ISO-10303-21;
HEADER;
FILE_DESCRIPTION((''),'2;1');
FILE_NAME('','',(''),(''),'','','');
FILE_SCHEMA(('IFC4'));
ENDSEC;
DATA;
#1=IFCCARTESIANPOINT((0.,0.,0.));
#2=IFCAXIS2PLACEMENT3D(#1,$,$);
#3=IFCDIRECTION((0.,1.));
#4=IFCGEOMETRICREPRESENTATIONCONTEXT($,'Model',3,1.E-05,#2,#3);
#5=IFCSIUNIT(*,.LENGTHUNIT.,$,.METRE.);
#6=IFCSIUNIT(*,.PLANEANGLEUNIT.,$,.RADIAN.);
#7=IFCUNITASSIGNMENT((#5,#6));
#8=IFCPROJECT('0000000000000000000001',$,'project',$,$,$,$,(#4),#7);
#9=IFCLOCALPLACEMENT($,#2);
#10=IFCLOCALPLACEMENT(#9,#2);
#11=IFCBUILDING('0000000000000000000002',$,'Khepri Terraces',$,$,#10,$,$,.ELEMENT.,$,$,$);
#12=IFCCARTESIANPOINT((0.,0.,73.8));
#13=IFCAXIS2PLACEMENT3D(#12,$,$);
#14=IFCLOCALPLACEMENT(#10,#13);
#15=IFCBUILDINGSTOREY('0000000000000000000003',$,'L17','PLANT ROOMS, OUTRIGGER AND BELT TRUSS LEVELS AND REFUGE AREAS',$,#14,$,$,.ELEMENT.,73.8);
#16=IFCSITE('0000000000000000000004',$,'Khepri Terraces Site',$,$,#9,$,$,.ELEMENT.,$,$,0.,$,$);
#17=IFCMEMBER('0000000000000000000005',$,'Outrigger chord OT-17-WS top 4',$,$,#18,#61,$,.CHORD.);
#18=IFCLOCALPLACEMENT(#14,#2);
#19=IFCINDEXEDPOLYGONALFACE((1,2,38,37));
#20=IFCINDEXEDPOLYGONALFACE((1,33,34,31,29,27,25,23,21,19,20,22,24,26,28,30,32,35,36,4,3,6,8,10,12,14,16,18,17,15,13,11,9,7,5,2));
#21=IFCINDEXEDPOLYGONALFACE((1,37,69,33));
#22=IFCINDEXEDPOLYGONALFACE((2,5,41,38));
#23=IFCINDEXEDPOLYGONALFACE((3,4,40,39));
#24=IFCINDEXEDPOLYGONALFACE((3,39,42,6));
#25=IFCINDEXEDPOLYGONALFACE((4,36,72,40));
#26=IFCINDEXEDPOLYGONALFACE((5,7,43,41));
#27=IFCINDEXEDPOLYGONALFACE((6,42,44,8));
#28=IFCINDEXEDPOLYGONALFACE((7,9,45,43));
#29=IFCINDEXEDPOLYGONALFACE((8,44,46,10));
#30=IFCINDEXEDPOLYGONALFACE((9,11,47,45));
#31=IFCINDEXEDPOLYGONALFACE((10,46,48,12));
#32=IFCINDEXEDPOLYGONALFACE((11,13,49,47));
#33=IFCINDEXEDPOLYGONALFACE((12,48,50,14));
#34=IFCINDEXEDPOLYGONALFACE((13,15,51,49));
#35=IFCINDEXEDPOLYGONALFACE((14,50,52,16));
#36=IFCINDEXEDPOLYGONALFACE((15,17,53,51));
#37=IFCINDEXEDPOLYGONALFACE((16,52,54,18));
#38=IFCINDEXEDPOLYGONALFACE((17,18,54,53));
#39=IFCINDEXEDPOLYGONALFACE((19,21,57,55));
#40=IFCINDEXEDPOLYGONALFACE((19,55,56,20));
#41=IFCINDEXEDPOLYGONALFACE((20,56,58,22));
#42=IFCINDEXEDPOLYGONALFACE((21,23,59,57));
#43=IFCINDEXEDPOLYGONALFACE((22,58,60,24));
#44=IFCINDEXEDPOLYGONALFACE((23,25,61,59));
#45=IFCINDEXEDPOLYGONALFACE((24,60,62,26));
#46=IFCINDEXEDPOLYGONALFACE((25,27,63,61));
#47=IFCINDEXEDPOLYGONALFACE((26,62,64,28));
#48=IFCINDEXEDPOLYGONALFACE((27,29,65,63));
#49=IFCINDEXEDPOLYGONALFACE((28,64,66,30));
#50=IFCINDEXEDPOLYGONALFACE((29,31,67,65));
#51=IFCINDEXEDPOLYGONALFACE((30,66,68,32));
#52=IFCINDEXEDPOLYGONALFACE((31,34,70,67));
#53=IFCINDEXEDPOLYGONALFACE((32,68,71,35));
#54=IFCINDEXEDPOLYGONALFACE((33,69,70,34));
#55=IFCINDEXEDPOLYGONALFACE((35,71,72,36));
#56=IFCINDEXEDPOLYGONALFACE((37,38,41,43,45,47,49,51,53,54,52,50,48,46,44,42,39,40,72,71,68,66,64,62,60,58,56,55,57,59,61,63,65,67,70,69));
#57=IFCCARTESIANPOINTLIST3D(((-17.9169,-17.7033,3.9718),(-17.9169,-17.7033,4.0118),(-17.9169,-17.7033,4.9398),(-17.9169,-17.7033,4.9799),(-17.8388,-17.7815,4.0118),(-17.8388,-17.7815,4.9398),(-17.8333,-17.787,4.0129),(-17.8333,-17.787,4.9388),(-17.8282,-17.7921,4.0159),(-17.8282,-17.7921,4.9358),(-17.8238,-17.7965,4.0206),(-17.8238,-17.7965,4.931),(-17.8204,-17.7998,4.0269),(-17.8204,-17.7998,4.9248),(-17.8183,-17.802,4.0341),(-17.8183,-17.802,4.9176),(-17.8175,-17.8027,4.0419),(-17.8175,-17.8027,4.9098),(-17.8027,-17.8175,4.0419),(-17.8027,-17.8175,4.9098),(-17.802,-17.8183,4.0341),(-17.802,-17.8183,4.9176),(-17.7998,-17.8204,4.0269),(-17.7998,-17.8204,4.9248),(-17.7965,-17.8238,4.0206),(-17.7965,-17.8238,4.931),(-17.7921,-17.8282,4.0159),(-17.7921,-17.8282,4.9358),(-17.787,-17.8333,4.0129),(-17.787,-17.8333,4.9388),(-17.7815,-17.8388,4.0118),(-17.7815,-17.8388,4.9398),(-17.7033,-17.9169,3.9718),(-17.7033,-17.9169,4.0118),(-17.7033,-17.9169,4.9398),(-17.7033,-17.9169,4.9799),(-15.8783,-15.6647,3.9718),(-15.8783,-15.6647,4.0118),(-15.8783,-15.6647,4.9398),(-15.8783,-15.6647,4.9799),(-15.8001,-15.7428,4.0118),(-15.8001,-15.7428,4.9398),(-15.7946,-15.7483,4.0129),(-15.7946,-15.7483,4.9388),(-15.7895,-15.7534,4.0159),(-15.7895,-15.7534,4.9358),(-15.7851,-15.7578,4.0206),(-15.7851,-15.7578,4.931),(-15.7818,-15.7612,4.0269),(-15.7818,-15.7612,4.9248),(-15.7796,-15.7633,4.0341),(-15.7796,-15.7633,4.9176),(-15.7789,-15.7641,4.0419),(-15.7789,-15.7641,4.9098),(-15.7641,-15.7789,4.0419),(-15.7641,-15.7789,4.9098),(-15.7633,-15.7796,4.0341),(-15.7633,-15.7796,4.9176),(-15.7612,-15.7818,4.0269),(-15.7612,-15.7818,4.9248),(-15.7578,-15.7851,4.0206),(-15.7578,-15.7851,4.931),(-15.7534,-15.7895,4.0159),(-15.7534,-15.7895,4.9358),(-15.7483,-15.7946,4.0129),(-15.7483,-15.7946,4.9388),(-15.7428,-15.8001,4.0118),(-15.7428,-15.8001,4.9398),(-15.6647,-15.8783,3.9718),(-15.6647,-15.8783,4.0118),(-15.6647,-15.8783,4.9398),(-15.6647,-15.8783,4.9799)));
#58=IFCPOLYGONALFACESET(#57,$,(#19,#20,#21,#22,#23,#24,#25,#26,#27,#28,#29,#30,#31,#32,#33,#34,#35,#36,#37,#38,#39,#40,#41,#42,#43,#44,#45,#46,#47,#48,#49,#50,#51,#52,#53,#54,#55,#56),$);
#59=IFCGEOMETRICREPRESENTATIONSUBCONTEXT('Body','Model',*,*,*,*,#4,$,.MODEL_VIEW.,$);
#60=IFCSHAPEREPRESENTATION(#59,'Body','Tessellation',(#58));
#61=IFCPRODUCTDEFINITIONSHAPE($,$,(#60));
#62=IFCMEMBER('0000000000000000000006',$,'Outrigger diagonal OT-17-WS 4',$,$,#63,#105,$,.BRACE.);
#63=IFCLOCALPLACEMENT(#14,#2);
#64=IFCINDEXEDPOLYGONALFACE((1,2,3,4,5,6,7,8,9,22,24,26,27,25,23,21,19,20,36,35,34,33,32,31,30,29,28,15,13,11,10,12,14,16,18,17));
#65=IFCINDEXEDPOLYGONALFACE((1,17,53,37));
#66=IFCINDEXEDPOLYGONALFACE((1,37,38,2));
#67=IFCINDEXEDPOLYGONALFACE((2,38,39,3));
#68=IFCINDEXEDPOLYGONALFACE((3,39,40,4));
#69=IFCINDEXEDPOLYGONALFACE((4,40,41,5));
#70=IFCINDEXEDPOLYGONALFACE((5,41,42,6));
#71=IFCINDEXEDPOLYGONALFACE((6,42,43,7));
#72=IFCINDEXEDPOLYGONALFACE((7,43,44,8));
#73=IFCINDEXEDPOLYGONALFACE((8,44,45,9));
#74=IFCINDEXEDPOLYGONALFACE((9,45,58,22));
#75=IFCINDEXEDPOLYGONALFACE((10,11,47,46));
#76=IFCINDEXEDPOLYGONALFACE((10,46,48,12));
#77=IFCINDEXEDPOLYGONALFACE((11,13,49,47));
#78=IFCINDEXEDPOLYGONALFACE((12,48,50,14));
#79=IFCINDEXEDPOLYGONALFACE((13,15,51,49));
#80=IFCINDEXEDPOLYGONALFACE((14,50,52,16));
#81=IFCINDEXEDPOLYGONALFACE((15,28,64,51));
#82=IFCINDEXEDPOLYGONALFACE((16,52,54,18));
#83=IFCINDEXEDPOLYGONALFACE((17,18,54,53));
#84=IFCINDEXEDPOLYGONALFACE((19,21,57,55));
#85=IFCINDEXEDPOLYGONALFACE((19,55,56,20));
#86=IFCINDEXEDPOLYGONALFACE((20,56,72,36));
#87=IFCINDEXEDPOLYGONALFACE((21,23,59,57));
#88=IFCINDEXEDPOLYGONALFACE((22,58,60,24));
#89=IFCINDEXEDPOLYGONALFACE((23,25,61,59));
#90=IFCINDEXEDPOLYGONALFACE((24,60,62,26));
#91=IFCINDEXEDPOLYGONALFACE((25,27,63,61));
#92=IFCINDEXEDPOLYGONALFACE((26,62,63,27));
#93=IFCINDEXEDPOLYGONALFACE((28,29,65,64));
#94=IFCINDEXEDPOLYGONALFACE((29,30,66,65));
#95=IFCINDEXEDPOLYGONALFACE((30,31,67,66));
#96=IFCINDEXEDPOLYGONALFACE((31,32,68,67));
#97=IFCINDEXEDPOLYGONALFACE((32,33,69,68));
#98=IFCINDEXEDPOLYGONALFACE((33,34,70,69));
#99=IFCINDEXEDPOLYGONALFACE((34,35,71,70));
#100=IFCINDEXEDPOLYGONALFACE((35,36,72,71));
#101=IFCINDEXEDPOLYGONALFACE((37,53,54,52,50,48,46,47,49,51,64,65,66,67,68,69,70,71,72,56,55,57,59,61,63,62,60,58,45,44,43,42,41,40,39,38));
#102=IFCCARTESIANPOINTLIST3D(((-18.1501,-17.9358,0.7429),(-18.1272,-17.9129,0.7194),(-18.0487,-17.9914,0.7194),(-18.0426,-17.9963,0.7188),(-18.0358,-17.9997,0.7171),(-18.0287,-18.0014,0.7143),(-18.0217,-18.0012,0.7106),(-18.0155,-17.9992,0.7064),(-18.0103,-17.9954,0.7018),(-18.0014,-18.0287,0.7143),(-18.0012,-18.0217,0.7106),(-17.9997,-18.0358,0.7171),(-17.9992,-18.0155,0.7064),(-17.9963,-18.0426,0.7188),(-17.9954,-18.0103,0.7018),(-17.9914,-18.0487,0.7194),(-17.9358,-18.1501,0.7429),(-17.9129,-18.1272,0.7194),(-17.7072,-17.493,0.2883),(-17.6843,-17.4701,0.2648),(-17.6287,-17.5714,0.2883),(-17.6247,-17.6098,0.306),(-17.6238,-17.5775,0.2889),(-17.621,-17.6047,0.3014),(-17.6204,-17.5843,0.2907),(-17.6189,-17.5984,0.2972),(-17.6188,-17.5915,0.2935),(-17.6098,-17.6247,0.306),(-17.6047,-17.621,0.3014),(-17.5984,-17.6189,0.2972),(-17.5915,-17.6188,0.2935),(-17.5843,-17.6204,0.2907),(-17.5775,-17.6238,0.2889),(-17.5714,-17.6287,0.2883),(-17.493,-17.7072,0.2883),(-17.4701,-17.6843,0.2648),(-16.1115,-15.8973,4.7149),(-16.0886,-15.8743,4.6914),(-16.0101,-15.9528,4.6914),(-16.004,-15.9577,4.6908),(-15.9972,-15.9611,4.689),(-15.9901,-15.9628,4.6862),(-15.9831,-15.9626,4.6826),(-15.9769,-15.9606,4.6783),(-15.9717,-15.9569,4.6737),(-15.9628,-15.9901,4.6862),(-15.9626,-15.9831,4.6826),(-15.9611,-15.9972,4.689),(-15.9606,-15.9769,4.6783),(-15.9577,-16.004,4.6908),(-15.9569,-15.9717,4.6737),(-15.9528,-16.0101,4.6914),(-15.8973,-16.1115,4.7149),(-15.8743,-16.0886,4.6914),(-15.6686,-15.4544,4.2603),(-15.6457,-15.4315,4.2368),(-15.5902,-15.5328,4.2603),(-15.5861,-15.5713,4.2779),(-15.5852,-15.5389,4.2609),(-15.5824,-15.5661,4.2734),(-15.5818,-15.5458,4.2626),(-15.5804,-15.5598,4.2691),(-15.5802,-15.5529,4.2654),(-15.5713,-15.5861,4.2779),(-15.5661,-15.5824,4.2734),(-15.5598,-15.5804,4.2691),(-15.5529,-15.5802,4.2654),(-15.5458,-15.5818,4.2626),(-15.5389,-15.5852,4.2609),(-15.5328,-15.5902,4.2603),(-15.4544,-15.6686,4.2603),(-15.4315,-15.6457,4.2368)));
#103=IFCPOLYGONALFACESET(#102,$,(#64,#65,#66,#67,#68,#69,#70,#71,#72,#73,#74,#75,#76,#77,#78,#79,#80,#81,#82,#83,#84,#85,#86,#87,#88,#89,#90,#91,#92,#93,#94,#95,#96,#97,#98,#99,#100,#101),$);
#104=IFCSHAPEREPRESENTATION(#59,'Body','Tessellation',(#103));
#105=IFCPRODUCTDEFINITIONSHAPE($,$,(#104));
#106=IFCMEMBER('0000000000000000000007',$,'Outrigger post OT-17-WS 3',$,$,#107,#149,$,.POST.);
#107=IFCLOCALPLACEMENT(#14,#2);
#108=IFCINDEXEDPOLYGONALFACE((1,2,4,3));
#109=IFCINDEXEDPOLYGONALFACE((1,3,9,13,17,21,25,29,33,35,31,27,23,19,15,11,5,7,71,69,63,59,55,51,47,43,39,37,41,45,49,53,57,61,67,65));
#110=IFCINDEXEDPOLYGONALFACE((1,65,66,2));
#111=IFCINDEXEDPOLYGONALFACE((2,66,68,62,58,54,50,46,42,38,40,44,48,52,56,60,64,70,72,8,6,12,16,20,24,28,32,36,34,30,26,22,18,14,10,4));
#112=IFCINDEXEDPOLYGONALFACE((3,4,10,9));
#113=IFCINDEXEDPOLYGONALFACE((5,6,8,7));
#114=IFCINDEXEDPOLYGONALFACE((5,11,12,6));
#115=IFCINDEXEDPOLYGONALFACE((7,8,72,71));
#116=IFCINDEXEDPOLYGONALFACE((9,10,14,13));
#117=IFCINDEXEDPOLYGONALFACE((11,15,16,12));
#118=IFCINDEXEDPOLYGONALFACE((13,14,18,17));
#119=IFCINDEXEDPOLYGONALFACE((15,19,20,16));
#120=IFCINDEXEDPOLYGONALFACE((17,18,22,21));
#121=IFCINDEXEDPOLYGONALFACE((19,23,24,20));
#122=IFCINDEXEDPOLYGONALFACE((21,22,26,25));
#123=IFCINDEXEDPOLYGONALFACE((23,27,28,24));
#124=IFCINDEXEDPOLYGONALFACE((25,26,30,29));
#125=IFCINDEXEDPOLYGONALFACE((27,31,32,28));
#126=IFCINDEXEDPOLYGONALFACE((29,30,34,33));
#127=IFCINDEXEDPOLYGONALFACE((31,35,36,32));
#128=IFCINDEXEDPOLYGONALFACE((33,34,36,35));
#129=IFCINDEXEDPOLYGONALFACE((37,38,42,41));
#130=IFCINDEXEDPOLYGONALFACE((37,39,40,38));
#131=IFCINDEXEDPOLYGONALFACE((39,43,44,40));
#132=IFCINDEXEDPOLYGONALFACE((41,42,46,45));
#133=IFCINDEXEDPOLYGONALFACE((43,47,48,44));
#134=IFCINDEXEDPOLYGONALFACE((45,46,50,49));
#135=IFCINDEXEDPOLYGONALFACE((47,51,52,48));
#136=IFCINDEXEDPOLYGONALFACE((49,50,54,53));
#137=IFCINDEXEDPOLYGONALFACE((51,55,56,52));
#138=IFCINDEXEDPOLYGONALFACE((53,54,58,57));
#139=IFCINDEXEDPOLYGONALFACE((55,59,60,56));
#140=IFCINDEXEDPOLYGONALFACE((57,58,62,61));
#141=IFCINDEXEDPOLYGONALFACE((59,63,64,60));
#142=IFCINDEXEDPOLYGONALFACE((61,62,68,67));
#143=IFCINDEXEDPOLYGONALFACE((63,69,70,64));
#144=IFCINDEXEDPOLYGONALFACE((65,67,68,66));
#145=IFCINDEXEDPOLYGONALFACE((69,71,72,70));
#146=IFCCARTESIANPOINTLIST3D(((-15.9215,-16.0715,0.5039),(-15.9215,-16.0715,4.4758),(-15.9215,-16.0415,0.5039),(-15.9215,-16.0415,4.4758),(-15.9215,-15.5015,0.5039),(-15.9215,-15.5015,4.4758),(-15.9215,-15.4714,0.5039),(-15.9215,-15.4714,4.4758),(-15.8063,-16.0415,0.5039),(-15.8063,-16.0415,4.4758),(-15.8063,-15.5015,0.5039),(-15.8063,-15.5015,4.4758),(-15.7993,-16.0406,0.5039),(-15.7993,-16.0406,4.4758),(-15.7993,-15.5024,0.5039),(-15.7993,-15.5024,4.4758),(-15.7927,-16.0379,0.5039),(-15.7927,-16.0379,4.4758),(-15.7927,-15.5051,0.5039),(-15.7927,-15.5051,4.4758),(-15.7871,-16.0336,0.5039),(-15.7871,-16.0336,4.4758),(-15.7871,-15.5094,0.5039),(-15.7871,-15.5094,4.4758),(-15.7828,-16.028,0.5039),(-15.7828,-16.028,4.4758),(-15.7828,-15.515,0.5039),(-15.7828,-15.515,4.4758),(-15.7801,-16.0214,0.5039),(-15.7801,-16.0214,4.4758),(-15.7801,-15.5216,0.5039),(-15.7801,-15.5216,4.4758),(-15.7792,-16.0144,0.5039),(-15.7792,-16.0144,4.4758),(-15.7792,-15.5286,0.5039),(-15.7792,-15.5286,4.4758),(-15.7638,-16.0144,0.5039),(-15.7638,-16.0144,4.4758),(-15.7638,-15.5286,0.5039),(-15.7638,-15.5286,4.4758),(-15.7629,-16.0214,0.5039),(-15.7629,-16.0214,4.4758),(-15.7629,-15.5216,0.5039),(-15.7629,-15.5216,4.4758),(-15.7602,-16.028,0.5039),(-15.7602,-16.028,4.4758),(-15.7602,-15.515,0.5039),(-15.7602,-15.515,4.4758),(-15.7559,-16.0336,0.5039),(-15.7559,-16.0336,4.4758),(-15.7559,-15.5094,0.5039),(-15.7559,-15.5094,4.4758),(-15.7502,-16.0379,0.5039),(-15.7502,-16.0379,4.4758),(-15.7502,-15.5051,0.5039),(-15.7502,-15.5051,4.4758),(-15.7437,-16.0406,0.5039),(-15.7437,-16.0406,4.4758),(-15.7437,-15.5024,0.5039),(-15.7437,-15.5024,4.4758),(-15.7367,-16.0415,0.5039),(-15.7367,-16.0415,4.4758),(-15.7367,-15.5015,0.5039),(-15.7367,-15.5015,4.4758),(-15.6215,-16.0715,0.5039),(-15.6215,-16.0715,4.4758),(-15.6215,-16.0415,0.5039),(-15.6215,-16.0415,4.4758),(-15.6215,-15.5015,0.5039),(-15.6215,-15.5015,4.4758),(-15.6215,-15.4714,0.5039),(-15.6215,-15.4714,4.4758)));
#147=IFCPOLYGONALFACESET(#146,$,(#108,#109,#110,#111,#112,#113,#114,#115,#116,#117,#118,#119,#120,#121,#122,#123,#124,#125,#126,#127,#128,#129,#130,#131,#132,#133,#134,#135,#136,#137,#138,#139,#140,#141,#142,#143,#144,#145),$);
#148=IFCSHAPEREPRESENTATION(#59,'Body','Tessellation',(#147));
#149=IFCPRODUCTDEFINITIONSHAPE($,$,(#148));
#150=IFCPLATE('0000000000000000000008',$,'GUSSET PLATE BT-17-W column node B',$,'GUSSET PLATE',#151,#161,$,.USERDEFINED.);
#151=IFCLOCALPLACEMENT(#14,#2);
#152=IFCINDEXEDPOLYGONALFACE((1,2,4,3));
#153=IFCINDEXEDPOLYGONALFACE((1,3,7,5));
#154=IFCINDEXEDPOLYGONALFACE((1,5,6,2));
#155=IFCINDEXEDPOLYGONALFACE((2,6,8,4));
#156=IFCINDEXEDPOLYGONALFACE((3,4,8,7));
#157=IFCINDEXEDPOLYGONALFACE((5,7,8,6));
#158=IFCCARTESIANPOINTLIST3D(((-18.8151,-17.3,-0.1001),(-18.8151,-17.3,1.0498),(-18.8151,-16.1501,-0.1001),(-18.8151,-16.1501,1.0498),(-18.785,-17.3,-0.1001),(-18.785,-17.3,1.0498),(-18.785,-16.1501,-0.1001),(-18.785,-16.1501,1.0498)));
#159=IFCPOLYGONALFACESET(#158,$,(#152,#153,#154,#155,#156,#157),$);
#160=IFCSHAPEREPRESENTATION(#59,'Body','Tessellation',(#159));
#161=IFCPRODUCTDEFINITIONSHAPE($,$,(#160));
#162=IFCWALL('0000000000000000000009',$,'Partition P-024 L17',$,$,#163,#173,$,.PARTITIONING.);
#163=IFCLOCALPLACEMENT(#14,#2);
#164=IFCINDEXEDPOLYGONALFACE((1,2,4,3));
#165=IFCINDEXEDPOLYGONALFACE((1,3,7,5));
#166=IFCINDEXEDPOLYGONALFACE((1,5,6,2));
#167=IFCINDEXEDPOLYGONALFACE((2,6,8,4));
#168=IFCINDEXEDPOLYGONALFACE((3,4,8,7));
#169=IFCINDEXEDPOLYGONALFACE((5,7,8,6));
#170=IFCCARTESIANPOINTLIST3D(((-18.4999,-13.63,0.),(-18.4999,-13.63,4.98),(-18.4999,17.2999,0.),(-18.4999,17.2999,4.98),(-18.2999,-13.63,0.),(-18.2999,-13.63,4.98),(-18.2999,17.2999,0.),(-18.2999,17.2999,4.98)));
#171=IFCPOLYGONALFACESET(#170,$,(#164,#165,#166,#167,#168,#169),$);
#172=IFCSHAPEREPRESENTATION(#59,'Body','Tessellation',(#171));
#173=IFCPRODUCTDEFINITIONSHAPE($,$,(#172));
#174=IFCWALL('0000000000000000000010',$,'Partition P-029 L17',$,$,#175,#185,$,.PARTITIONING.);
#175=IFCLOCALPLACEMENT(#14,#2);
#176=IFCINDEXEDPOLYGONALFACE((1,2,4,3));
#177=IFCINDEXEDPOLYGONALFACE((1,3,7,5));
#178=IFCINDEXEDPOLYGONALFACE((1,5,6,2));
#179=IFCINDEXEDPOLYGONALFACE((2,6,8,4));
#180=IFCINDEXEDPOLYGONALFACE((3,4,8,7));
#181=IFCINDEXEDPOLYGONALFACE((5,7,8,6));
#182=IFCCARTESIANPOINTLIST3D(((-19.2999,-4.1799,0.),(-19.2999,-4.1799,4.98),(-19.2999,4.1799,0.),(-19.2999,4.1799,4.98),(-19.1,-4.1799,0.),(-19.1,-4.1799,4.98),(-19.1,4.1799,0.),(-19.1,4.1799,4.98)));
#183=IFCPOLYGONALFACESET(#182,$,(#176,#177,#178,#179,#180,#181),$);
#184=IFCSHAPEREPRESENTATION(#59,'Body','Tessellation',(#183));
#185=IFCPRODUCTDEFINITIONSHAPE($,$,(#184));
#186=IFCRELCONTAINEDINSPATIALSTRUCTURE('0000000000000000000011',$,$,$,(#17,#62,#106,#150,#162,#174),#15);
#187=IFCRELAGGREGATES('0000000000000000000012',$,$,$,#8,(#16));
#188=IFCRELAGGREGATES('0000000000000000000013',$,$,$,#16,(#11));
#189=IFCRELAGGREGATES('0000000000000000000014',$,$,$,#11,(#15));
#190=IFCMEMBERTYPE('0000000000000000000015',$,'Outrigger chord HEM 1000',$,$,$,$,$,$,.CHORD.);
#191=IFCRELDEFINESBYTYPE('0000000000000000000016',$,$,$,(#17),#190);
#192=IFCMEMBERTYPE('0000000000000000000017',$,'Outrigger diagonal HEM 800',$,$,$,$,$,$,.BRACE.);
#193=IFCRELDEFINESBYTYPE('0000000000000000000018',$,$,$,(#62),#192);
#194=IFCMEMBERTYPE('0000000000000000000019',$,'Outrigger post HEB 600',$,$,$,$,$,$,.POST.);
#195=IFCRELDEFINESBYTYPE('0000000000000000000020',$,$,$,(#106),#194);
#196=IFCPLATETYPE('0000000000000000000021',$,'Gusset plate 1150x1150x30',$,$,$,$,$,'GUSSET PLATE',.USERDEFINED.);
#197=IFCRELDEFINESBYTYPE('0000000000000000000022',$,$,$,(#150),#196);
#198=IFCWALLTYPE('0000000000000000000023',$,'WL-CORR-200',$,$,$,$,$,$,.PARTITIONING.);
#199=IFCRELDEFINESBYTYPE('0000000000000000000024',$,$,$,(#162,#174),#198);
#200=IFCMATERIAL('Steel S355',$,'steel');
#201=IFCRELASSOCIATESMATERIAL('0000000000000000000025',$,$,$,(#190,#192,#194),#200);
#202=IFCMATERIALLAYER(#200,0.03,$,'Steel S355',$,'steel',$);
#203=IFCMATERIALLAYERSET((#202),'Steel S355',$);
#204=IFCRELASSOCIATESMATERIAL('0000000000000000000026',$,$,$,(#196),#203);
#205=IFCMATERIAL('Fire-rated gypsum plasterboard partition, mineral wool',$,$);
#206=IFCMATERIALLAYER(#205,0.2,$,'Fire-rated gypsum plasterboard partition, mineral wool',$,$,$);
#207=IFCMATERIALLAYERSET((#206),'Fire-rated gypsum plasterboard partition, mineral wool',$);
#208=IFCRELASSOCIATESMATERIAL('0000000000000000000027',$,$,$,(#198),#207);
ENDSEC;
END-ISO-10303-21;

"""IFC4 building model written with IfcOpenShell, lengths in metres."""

from ifc_helpers import new_model, si_unit, direction, frame, frame_2d, origin, origin_2d, place, context, subcontext, project, spatial, rectangle, i_section, extrude, material, layer, layer_set, material_profile, profile_set, type_object, element, save


model = new_model("IFC4")

# Units and contexts
model_context = context("Model", 3, precision=1e-05, world=origin(), true_north=direction((0.0, 1.0)))
body_context = subcontext(model_context, "Body", "Model", "MODEL_VIEW")
ifc_project = project(units=[si_unit("LENGTHUNIT", "METRE"), si_unit("PLANEANGLEUNIT", "RADIAN")], contexts=[model_context])

# Site, building, storey
site_placement = place(None, origin())
site = spatial("IfcSite", under=ifc_project, at=site_placement, Name="Khepri Terraces Site", CompositionType="ELEMENT", RefElevation=0.0)
building_placement = place(site_placement, origin())
building = spatial("IfcBuilding", under=site, at=building_placement, Name="Khepri Terraces", CompositionType="ELEMENT")
storey_placement = place(building_placement, frame((0.0, 0.0, 73.8)))
storey = spatial("IfcBuildingStorey", under=building, at=storey_placement, Name="L17", Description="PLANT ROOMS, OUTRIGGER AND BELT TRUSS LEVELS AND REFUGE AREAS", CompositionType="ELEMENT", Elevation=73.8)

# Members
ifc_material_1 = material(Name="Steel S355", Category="steel")
ifc_material_profile_1 = material_profile(ifc_material_1, i_section(OverallWidth=0.302, OverallDepth=1.0081, WebThickness=0.021, FlangeThickness=0.04, FilletRadius=0.03, at=origin_2d()), Name="Steel S355", Category="steel")
ifc_profile_set_1 = profile_set([ifc_material_profile_1], Name="Steel S355")
member_type_1 = type_object("IfcMemberType", Name="Outrigger chord HEM 1000", PredefinedType="CHORD", material=ifc_profile_set_1)
for number, where, z_axis, x_axis, name in (
    (1, (-15.7715, -15.7715, 4.4758), (-0.707107, -0.707107, 0.0), (0.707107, -0.707107, 0.0), "Outrigger chord OT-17-WS top 4"),
):
    element("IfcMember", number, at=place(storey_placement, frame(where, z_axis=z_axis, x_axis=x_axis)), inside=storey, type_object=member_type_1, Name=name, PredefinedType="CHORD", context=body_context, shape_type="SweptSolid", body=[
        extrude(i_section(OverallWidth=0.302, OverallDepth=1.0081, WebThickness=0.021, FlangeThickness=0.04, FilletRadius=0.03, at=origin_2d()), origin(), (0.0, 0.0, 1.0), 2.8831),
    ])
ifc_material_profile_2 = material_profile(ifc_material_1, i_section(OverallWidth=0.303, OverallDepth=0.814, WebThickness=0.021, FlangeThickness=0.04, FilletRadius=0.03, at=origin_2d()), Name="Steel S355", Category="steel")
ifc_profile_set_2 = profile_set([ifc_material_profile_2], Name="Steel S355")
member_type_2 = type_object("IfcMemberType", Name="Outrigger diagonal HEM 800", PredefinedType="BRACE", material=ifc_profile_set_2)
member_1_placement = place(storey_placement, frame((-15.7715, -15.7715, 4.4758), z_axis=(-0.415364, -0.415364, -0.809287), x_axis=(0.707107, -0.707107, 0.0)))
element("IfcMember", 2, at=member_1_placement, inside=storey, type_object=member_type_2, Name="Outrigger diagonal OT-17-WS 4", PredefinedType="BRACE", context=body_context, shape_type="SweptSolid", body=[
    extrude(i_section(OverallWidth=0.303, OverallDepth=0.814, WebThickness=0.021, FlangeThickness=0.04, FilletRadius=0.03, at=origin_2d()), origin(), (0.0, 0.0, 1.0), 4.908),
])
ifc_material_profile_3 = material_profile(ifc_material_1, i_section(OverallWidth=0.3, OverallDepth=0.6001, WebThickness=0.0154, FlangeThickness=0.03, FilletRadius=0.0271, at=origin_2d()), Name="Steel S355", Category="steel")
ifc_profile_set_3 = profile_set([ifc_material_profile_3], Name="Steel S355")
member_type_3 = type_object("IfcMemberType", Name="Outrigger post HEB 600", PredefinedType="POST", material=ifc_profile_set_3)
member_2_placement = place(storey_placement, frame((-15.7715, -15.7715, 0.5039), z_axis=(0.0, 0.0, 1.0), x_axis=(1.0, 0.0, 0.0)))
element("IfcMember", 3, at=member_2_placement, inside=storey, type_object=member_type_3, Name="Outrigger post OT-17-WS 3", PredefinedType="POST", context=body_context, shape_type="SweptSolid", body=[
    extrude(i_section(OverallWidth=0.3, OverallDepth=0.6001, WebThickness=0.0154, FlangeThickness=0.03, FilletRadius=0.0271, at=origin_2d()), origin(), (0.0, 0.0, 1.0), 3.9719),
])

# Plate
ifc_layer_1 = layer(ifc_material_1, 0.03, Name="Steel S355", Category="steel")
ifc_layer_set_1 = layer_set([ifc_layer_1], Name="Steel S355")
plate_type = type_object("IfcPlateType", Name="Gusset plate 1150x1150x30", ElementType="GUSSET PLATE", PredefinedType="USERDEFINED", material=ifc_layer_set_1)
plate_placement = place(storey_placement, frame((-18.8, -16.7251, -0.1001), z_axis=(0.0, 0.0, 1.0), x_axis=(0.0, -1.0, 0.0)))
element("IfcPlate", 4, at=plate_placement, inside=storey, type_object=plate_type, Name="GUSSET PLATE BT-17-W column node B", ObjectType="GUSSET PLATE", PredefinedType="USERDEFINED", context=body_context, shape_type="SweptSolid", body=[
    extrude(rectangle(XDim=1.1499, YDim=0.03, at=origin_2d()), origin(), (0.0, 0.0, 1.0), 1.1499),
])

# Walls
ifc_material_2 = material(Name="Fire-rated gypsum plasterboard partition, mineral wool")
ifc_layer_2 = layer(ifc_material_2, 0.2, Name="Fire-rated gypsum plasterboard partition, mineral wool")
ifc_layer_set_2 = layer_set([ifc_layer_2], Name="Fire-rated gypsum plasterboard partition, mineral wool")
wall_type_1 = type_object("IfcWallType", Name="WL-CORR-200", PredefinedType="PARTITIONING", material=ifc_layer_set_2)
wall_1_placement = place(storey_placement, frame((-18.3999, -13.6299, 0.0), z_axis=(0.0, 0.0, 1.0), x_axis=(0.0, 1.0, 0.0)))
element("IfcWall", 5, at=wall_1_placement, inside=storey, type_object=wall_type_1, Name="Partition P-024 L17", PredefinedType="PARTITIONING", context=body_context, shape_type="SweptSolid", body=[
    extrude(rectangle(XDim=30.9299, YDim=0.2, at=frame_2d((15.4648, 0.0))), origin(), (0.0, 0.0, 1.0), 4.98),
])
wall_2_placement = place(storey_placement, frame((-19.2, -4.1799, 0.0), z_axis=(0.0, 0.0, 1.0), x_axis=(0.0, 1.0, 0.0)))
element("IfcWall", 6, at=wall_2_placement, inside=storey, type_object=wall_type_1, Name="Partition P-029 L17", PredefinedType="PARTITIONING", context=body_context, shape_type="SweptSolid", body=[
    extrude(rectangle(XDim=8.3599, YDim=0.2, at=frame_2d((4.1799, 0.0))), origin(), (0.0, 0.0, 1.0), 4.98),
])

save(model, "model.ifc")
